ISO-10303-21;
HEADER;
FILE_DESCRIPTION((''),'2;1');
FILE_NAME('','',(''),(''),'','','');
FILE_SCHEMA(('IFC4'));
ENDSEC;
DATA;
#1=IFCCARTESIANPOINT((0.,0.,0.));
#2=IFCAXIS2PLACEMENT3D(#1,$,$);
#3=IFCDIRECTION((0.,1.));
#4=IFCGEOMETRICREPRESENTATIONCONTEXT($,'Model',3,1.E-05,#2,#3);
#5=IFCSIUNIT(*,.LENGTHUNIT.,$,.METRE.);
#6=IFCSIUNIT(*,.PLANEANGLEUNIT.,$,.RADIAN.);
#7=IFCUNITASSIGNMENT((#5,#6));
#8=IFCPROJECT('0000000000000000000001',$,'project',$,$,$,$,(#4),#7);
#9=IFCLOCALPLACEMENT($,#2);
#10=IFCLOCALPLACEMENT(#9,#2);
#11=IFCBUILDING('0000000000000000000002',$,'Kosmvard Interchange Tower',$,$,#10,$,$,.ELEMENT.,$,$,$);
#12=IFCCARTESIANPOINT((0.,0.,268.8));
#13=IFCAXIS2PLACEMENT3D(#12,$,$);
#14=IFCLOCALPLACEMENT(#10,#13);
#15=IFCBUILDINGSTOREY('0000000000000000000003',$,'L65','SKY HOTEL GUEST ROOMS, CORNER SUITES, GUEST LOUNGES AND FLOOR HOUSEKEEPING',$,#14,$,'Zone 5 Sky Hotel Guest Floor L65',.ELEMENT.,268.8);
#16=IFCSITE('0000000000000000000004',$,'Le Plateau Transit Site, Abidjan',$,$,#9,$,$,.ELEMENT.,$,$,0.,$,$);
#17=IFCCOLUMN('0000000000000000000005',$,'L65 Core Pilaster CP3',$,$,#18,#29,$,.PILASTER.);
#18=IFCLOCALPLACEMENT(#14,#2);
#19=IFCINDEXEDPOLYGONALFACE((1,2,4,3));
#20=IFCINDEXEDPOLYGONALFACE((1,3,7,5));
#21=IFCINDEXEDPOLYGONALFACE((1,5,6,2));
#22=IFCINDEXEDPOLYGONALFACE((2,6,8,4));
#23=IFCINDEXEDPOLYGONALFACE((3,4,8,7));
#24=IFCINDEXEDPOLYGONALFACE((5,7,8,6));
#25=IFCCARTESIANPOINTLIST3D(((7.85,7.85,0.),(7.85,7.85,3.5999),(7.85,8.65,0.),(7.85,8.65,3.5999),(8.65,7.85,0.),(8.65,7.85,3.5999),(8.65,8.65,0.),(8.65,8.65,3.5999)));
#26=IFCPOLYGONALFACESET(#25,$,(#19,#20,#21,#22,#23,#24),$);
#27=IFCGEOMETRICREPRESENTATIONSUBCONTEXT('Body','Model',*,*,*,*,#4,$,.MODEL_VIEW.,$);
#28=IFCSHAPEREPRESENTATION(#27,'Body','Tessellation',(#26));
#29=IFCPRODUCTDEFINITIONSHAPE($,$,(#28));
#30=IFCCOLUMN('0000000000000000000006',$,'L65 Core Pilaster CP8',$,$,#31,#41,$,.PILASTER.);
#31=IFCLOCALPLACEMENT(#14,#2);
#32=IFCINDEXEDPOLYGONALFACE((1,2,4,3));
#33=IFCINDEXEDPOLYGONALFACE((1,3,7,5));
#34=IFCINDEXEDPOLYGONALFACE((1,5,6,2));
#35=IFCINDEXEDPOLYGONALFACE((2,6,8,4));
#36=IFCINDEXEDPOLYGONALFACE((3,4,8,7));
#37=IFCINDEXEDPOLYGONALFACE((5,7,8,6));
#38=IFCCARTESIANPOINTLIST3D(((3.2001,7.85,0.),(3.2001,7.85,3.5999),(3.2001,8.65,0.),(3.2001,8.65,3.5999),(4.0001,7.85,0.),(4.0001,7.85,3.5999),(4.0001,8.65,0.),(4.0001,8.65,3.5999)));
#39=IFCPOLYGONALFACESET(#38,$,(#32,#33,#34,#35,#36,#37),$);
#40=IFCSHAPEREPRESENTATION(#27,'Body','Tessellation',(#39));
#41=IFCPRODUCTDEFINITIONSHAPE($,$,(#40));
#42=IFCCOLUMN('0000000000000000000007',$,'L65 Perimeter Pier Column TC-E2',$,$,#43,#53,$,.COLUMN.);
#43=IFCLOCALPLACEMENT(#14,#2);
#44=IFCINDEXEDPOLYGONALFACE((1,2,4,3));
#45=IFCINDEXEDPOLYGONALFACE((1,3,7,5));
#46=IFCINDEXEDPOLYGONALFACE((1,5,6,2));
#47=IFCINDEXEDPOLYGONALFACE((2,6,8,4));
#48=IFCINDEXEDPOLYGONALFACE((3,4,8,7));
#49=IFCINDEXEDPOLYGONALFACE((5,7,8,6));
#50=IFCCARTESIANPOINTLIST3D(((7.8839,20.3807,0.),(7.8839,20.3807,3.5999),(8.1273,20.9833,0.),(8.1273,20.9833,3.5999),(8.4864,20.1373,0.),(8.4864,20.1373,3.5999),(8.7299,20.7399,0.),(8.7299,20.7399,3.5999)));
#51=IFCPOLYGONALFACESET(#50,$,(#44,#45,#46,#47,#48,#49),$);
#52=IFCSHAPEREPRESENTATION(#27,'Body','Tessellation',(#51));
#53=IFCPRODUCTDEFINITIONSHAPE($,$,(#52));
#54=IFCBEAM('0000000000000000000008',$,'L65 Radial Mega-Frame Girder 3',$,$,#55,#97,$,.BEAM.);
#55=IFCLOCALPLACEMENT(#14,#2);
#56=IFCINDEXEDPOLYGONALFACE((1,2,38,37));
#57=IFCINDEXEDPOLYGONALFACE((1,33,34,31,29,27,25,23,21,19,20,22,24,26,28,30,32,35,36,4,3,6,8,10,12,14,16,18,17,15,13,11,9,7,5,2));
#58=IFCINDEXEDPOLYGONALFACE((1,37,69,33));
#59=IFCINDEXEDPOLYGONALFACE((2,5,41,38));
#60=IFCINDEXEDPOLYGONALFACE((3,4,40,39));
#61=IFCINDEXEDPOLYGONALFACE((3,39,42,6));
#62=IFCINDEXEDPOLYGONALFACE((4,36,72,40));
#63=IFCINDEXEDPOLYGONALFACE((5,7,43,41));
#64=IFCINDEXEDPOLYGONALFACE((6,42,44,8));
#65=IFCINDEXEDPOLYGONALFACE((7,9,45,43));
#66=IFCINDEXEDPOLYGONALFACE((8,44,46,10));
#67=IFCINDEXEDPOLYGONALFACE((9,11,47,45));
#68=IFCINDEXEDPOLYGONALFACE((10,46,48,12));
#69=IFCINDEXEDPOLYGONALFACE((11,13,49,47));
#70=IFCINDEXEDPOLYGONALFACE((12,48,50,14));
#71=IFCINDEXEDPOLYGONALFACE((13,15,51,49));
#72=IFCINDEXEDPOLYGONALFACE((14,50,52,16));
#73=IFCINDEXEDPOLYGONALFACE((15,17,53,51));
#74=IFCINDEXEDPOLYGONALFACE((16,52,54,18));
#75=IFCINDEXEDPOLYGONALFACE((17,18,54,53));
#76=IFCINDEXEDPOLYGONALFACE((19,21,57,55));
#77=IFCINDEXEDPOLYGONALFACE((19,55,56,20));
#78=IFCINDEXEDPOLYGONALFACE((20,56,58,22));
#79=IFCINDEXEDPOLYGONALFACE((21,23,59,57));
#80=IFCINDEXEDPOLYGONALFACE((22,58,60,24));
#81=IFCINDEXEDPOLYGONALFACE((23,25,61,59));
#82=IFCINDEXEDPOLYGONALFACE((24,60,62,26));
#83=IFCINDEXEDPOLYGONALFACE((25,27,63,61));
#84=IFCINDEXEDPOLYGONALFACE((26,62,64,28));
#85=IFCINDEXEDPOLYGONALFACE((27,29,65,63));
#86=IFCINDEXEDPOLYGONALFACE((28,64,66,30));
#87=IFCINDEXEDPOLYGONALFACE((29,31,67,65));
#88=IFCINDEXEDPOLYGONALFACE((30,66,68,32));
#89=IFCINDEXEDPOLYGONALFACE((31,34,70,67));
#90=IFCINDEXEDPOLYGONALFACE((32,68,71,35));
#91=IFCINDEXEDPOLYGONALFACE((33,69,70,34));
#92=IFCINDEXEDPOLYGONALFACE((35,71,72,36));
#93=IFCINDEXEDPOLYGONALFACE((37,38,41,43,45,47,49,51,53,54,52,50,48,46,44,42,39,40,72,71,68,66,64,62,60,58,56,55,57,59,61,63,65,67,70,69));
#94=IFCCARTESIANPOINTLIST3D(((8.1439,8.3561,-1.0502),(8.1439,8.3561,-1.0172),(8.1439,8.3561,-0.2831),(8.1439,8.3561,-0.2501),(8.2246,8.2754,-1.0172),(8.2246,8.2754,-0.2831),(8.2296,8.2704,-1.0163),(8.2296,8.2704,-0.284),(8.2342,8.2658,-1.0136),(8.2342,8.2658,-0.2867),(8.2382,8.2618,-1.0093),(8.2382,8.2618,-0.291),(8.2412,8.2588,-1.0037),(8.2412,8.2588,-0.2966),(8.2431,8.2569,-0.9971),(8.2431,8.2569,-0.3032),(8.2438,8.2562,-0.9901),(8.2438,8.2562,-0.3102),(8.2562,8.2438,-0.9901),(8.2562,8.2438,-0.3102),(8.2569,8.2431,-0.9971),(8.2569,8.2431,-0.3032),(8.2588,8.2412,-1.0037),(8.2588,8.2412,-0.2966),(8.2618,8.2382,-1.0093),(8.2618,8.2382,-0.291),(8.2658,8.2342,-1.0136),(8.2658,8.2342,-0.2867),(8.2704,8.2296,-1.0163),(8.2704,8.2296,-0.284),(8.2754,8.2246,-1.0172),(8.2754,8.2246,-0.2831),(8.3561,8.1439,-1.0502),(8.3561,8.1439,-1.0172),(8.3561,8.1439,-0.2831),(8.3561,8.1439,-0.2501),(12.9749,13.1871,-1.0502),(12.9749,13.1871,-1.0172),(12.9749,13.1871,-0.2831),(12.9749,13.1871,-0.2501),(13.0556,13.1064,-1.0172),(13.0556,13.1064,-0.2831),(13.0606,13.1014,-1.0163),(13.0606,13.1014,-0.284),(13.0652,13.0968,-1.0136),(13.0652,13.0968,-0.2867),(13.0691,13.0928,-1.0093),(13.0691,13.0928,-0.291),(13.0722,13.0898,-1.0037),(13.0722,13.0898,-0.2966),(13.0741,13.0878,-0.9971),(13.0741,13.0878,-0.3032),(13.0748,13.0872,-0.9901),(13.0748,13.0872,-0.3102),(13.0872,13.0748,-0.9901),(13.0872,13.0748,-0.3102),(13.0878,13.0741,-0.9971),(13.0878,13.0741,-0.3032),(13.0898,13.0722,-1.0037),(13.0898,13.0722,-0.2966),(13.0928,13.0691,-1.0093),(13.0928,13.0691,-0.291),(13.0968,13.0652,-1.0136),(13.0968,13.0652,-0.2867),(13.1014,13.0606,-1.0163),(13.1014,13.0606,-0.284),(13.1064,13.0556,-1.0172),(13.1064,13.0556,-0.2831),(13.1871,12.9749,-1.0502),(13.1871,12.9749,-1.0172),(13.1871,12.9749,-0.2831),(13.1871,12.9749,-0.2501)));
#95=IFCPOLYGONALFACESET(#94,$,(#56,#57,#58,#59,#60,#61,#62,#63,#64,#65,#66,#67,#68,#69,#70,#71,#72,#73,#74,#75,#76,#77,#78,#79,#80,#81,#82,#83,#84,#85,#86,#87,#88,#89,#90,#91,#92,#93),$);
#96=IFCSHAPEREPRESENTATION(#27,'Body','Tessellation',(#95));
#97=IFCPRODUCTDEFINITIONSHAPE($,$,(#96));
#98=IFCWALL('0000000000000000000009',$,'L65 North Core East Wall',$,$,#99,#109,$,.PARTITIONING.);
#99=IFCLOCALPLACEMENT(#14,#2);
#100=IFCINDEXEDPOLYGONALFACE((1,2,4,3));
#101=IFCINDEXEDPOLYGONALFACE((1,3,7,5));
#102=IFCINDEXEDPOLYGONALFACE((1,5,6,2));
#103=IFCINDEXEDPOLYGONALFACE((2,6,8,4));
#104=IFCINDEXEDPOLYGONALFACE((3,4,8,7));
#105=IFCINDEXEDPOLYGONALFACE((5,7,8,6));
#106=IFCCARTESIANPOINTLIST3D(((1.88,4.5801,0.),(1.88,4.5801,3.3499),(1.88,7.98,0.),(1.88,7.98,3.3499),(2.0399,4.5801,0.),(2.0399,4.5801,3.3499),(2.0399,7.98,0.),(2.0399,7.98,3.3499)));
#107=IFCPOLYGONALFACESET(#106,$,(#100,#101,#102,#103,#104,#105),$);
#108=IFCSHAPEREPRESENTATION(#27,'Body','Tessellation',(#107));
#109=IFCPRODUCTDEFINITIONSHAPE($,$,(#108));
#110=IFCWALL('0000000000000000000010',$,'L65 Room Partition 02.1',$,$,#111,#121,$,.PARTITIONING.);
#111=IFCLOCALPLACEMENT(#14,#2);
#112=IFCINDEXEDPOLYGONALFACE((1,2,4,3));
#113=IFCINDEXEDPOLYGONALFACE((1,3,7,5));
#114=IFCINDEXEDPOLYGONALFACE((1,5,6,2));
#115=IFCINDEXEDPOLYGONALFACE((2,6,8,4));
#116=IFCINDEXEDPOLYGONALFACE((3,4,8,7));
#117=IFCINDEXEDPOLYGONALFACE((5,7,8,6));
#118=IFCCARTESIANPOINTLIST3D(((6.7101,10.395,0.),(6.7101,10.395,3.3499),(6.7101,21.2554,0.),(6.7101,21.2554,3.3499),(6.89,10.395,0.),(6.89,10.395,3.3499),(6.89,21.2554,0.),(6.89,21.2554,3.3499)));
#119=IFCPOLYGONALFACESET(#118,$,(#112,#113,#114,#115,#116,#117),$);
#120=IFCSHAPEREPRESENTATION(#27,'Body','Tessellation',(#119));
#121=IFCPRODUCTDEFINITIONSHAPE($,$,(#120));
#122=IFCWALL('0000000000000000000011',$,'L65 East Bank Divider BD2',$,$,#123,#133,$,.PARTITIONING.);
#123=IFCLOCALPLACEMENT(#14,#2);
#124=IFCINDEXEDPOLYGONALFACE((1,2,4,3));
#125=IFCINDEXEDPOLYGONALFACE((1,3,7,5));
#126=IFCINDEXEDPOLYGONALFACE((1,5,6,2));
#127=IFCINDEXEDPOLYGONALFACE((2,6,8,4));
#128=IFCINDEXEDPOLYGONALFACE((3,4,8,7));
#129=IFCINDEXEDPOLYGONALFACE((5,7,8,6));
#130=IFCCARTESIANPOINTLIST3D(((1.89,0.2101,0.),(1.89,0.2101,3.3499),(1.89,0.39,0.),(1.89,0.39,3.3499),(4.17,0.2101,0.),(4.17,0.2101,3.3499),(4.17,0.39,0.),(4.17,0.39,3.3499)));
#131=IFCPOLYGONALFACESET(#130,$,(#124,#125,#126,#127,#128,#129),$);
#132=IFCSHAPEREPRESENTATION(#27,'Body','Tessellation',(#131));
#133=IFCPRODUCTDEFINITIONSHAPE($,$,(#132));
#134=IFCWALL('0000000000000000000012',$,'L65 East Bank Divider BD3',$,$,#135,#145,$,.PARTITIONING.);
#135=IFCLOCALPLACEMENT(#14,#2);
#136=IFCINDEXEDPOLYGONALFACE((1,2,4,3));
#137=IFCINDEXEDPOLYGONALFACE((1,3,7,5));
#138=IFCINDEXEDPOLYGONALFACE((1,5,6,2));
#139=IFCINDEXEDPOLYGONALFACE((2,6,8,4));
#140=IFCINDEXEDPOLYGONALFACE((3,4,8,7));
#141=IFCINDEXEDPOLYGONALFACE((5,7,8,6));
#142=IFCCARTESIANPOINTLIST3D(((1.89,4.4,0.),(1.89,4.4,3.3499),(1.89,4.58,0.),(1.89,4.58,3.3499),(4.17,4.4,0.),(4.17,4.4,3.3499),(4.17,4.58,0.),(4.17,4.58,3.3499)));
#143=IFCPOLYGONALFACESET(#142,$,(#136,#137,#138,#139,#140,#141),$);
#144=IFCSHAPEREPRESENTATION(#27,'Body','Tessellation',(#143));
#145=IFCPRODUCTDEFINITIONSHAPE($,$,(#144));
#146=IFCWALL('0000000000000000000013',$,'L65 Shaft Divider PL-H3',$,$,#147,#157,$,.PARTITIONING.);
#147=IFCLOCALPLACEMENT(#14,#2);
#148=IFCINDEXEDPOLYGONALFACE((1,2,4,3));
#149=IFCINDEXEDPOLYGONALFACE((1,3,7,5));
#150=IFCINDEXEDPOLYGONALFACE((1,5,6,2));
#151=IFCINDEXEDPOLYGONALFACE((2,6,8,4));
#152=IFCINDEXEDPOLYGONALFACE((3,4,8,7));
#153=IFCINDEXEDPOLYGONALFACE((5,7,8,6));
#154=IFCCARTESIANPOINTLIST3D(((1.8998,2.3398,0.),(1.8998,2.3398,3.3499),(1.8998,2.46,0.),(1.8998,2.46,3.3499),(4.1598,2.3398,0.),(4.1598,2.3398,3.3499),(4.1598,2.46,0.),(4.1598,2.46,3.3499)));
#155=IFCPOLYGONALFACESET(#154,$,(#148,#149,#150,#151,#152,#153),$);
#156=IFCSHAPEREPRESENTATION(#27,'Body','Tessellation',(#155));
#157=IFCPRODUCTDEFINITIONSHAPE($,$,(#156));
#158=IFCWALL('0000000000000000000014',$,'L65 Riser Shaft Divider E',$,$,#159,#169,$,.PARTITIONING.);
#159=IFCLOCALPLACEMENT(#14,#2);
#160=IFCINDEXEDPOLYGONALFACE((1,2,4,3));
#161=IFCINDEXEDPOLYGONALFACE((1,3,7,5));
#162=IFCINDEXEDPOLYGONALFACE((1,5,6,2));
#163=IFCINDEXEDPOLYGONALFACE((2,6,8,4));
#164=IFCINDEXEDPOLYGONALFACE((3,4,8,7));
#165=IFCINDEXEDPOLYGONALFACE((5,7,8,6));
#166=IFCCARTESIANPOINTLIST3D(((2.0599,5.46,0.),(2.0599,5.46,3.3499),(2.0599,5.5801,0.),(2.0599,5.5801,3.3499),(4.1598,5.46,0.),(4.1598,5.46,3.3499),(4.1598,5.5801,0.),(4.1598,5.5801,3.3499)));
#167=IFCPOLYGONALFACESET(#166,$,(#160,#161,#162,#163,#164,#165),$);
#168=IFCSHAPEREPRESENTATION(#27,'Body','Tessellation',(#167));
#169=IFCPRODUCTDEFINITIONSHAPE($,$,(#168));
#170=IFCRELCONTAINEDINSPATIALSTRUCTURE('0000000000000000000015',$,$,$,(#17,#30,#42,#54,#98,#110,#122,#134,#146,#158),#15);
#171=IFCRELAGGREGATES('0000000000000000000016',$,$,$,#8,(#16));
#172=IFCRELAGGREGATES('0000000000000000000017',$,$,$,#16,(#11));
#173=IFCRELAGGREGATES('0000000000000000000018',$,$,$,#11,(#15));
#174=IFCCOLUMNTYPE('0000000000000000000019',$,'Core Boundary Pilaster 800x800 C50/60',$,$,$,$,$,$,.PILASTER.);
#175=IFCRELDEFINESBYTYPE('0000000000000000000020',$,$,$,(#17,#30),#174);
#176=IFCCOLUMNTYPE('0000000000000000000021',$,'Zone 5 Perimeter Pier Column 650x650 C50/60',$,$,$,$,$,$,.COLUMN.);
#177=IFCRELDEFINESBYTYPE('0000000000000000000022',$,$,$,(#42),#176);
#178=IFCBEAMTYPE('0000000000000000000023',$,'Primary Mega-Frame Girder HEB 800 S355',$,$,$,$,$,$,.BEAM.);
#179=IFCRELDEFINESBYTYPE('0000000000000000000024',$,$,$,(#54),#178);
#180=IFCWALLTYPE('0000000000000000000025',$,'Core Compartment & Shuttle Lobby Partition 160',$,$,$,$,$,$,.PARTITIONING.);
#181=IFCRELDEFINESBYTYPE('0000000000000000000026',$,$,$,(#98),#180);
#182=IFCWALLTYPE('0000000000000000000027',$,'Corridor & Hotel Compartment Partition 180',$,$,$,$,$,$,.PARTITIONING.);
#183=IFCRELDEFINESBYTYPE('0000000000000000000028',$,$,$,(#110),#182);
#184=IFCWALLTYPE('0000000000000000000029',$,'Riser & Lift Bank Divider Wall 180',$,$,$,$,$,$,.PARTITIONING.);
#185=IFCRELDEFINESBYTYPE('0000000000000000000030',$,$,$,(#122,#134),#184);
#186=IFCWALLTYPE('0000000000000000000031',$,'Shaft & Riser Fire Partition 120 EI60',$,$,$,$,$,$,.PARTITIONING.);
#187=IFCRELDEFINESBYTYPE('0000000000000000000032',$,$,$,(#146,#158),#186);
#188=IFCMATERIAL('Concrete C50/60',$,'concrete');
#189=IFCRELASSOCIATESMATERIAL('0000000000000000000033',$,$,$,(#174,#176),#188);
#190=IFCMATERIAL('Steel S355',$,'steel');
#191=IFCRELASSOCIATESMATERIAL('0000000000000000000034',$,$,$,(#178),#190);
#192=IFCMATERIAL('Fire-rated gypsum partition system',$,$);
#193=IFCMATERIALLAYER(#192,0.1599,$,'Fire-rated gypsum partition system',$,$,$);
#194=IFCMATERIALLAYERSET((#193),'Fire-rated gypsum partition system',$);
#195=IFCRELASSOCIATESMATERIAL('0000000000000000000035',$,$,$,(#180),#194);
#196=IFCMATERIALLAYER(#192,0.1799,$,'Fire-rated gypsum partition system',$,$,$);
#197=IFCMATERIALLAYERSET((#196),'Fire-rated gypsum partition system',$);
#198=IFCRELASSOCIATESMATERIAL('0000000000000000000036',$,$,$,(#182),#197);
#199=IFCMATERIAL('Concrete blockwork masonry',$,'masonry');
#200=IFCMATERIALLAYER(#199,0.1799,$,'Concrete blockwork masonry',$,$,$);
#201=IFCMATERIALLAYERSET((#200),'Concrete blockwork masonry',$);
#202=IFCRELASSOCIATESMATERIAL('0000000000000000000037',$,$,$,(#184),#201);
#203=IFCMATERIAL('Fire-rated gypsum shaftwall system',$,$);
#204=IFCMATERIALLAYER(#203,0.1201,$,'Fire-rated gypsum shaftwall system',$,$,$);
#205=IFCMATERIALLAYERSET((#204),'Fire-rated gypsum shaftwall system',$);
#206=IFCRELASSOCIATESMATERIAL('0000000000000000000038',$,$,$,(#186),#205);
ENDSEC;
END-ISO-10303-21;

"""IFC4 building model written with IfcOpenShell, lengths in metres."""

from ifc_helpers import new_model, si_unit, direction, frame, frame_2d, origin, origin_2d, place, context, subcontext, project, spatial, rectangle, i_section, extrude, source, transform, mapped, material, layer, layer_set, material_profile, profile_set, type_object, element, save


model = new_model("IFC4")

# Units and contexts
model_context = context("Model", 3, precision=1e-05, world=origin(), true_north=direction((0.0, 1.0)))
body_context = subcontext(model_context, "Body", "Model", "MODEL_VIEW")
ifc_project = project(units=[si_unit("LENGTHUNIT", "METRE"), si_unit("PLANEANGLEUNIT", "RADIAN")], contexts=[model_context])

# Site, building, storey
site_placement = place(None, origin())
site = spatial("IfcSite", under=ifc_project, at=site_placement, Name="Le Plateau Transit Site, Abidjan", CompositionType="ELEMENT", RefElevation=0.0)
building_placement = place(site_placement, origin())
building = spatial("IfcBuilding", under=site, at=building_placement, Name="Kosmvard Interchange Tower", CompositionType="ELEMENT")
storey_placement = place(building_placement, frame((0.0, 0.0, 268.8)))
storey = spatial("IfcBuildingStorey", under=building, at=storey_placement, Name="L65", Description="SKY HOTEL GUEST ROOMS, CORNER SUITES, GUEST LOUNGES AND FLOOR HOUSEKEEPING", LongName="Zone 5 Sky Hotel Guest Floor L65", CompositionType="ELEMENT", Elevation=268.8)

# Columns
ifc_material_1 = material(Name="Concrete C50/60", Category="concrete")
ifc_material_profile_1 = material_profile(ifc_material_1, rectangle(XDim=0.8, YDim=0.8, at=origin_2d()), Name="CP 800x800")
ifc_profile_set_1 = profile_set([ifc_material_profile_1], Name="Concrete C50/60")
column_type_1 = type_object("IfcColumnType", Name="Core Boundary Pilaster 800x800 C50/60", PredefinedType="PILASTER", material=ifc_profile_set_1)
shared_shape_1 = source(origin(), body_context, "Body", "SweptSolid", [
    extrude(rectangle(XDim=0.8, YDim=0.8, at=origin_2d()), origin(), (0.0, 0.0, 1.0), 3.5999),
])
for number, where, z_axis, x_axis, name in (
    (1, (8.25, 8.25, 0.0), (0.0, 0.0, 1.0), (1.0, 0.0, 0.0), "L65 Core Pilaster CP3"),
    (2, (3.6001, 8.25, 0.0), (0.0, 0.0, 1.0), (1.0, 0.0, 0.0), "L65 Core Pilaster CP8"),
):
    element("IfcColumn", number, at=place(storey_placement, frame(where, z_axis=z_axis, x_axis=x_axis)), inside=storey, type_object=column_type_1, Name=name, PredefinedType="PILASTER", context=body_context, shape_type="MappedRepresentation", body=[
        mapped(shared_shape_1, transform((0.0, 0.0, 0.0), scale=1.0)),
    ])
ifc_material_profile_2 = material_profile(ifc_material_1, rectangle(XDim=0.6499, YDim=0.6499, at=origin_2d()), Name="TC 650x650")
ifc_profile_set_2 = profile_set([ifc_material_profile_2], Name="Concrete C50/60")
column_type_2 = type_object("IfcColumnType", Name="Zone 5 Perimeter Pier Column 650x650 C50/60", PredefinedType="COLUMN", material=ifc_profile_set_2)
shared_shape_2 = source(origin(), body_context, "Body", "SweptSolid", [
    extrude(rectangle(XDim=0.6499, YDim=0.6499, at=origin_2d()), origin(), (0.0, 0.0, 1.0), 3.5999),
])
column_placement = place(storey_placement, frame((8.3069, 20.5603, 0.0), z_axis=(0.0, 0.0, 1.0), x_axis=(0.374607, 0.927184, 0.0)))
element("IfcColumn", 3, at=column_placement, inside=storey, type_object=column_type_2, Name="L65 Perimeter Pier Column TC-E2", PredefinedType="COLUMN", context=body_context, shape_type="MappedRepresentation", body=[
    mapped(shared_shape_2, transform((0.0, 0.0, 0.0), scale=1.0)),
])

# Beam
ifc_material_2 = material(Name="Steel S355", Category="steel")
ifc_material_profile_3 = material_profile(ifc_material_2, i_section(OverallWidth=0.3, OverallDepth=0.8, WebThickness=0.0176, FlangeThickness=0.033, FilletRadius=0.0271, at=origin_2d()), Name="HEB 800")
ifc_profile_set_3 = profile_set([ifc_material_profile_3], Name="Steel S355")
beam_type = type_object("IfcBeamType", Name="Primary Mega-Frame Girder HEB 800 S355", PredefinedType="BEAM", material=ifc_profile_set_3)
shared_shape_3 = source(origin(), body_context, "Body", "SweptSolid", [
    extrude(i_section(OverallWidth=0.3, OverallDepth=0.8, WebThickness=0.0176, FlangeThickness=0.033, FilletRadius=0.0271, at=origin_2d()), origin(), (0.0, 0.0, 1.0), 6.832),
])
beam_placement = place(storey_placement, frame((8.25, 8.25, -0.6501), z_axis=(0.707107, 0.707107, 0.0), x_axis=(-0.707107, 0.707107, 0.0)))
element("IfcBeam", 4, at=beam_placement, inside=storey, type_object=beam_type, Name="L65 Radial Mega-Frame Girder 3", PredefinedType="BEAM", context=body_context, shape_type="MappedRepresentation", body=[
    mapped(shared_shape_3, transform((0.0, 0.0, 0.0), scale=1.0)),
])

# Walls
ifc_material_3 = material(Name="Fire-rated gypsum partition system")
ifc_layer_1 = layer(ifc_material_3, 0.1599, Name="Fire-rated gypsum partition system")
ifc_layer_set_1 = layer_set([ifc_layer_1], Name="Fire-rated gypsum partition system")
wall_type_1 = type_object("IfcWallType", Name="Core Compartment & Shuttle Lobby Partition 160", PredefinedType="PARTITIONING", material=ifc_layer_set_1)
wall_1_placement = place(storey_placement, frame((1.96, 4.5801, 0.0), z_axis=(0.0, 0.0, 1.0), x_axis=(0.0, 1.0, 0.0)))
element("IfcWall", 5, at=wall_1_placement, inside=storey, type_object=wall_type_1, Name="L65 North Core East Wall", PredefinedType="PARTITIONING", context=body_context, shape_type="SweptSolid", body=[
    extrude(rectangle(XDim=3.3999, YDim=0.1599, at=frame_2d((1.7, 0.0))), origin(), (0.0, 0.0, 1.0), 3.3499),
])
ifc_layer_2 = layer(ifc_material_3, 0.1799, Name="Fire-rated gypsum partition system")
ifc_layer_set_2 = layer_set([ifc_layer_2], Name="Fire-rated gypsum partition system")
wall_type_2 = type_object("IfcWallType", Name="Corridor & Hotel Compartment Partition 180", PredefinedType="PARTITIONING", material=ifc_layer_set_2)
wall_2_placement = place(storey_placement, frame((6.8, 10.395, 0.0), z_axis=(0.0, 0.0, 1.0), x_axis=(0.0, 1.0, 0.0)))
element("IfcWall", 6, at=wall_2_placement, inside=storey, type_object=wall_type_2, Name="L65 Room Partition 02.1", PredefinedType="PARTITIONING", context=body_context, shape_type="SweptSolid", body=[
    extrude(rectangle(XDim=10.8604, YDim=0.1799, at=frame_2d((5.4302, 0.0))), origin(), (0.0, 0.0, 1.0), 3.3499),
])
ifc_material_4 = material(Name="Concrete blockwork masonry", Category="masonry")
ifc_layer_3 = layer(ifc_material_4, 0.1799, Name="Concrete blockwork masonry")
ifc_layer_set_3 = layer_set([ifc_layer_3], Name="Concrete blockwork masonry")
wall_type_3 = type_object("IfcWallType", Name="Riser & Lift Bank Divider Wall 180", PredefinedType="PARTITIONING", material=ifc_layer_set_3)
for number, where, z_axis, x_axis, name in (
    (7, (1.8899, 0.3, 0.0), (0.0, 0.0, 1.0), (1.0, 0.0, 0.0), "L65 East Bank Divider BD2"),
    (8, (1.8899, 4.49, 0.0), (0.0, 0.0, 1.0), (1.0, 0.0, 0.0), "L65 East Bank Divider BD3"),
):
    element("IfcWall", number, at=place(storey_placement, frame(where, z_axis=z_axis, x_axis=x_axis)), inside=storey, type_object=wall_type_3, Name=name, PredefinedType="PARTITIONING", context=body_context, shape_type="SweptSolid", body=[
        extrude(rectangle(XDim=2.28, YDim=0.1799, at=frame_2d((1.1401, 0.0))), origin(), (0.0, 0.0, 1.0), 3.3499),
    ])
ifc_material_5 = material(Name="Fire-rated gypsum shaftwall system")
ifc_layer_4 = layer(ifc_material_5, 0.1201, Name="Fire-rated gypsum shaftwall system")
ifc_layer_set_4 = layer_set([ifc_layer_4], Name="Fire-rated gypsum shaftwall system")
wall_type_4 = type_object("IfcWallType", Name="Shaft & Riser Fire Partition 120 EI60", PredefinedType="PARTITIONING", material=ifc_layer_set_4)
wall_3_placement = place(storey_placement, frame((1.8999, 2.3999, 0.0), z_axis=(0.0, 0.0, 1.0), x_axis=(1.0, 0.0, 0.0)))
element("IfcWall", 9, at=wall_3_placement, inside=storey, type_object=wall_type_4, Name="L65 Shaft Divider PL-H3", PredefinedType="PARTITIONING", context=body_context, shape_type="SweptSolid", body=[
    extrude(rectangle(XDim=2.26, YDim=0.1201, at=frame_2d((1.1299, 0.0))), origin(), (0.0, 0.0, 1.0), 3.3499),
])
wall_4_placement = place(storey_placement, frame((2.0601, 5.52, 0.0), z_axis=(0.0, 0.0, 1.0), x_axis=(1.0, 0.0, 0.0)))
element("IfcWall", 10, at=wall_4_placement, inside=storey, type_object=wall_type_4, Name="L65 Riser Shaft Divider E", PredefinedType="PARTITIONING", context=body_context, shape_type="SweptSolid", body=[
    extrude(rectangle(XDim=2.0999, YDim=0.1201, at=frame_2d((1.0498, 0.0))), origin(), (0.0, 0.0, 1.0), 3.3499),
])

save(model, "model.ifc")
